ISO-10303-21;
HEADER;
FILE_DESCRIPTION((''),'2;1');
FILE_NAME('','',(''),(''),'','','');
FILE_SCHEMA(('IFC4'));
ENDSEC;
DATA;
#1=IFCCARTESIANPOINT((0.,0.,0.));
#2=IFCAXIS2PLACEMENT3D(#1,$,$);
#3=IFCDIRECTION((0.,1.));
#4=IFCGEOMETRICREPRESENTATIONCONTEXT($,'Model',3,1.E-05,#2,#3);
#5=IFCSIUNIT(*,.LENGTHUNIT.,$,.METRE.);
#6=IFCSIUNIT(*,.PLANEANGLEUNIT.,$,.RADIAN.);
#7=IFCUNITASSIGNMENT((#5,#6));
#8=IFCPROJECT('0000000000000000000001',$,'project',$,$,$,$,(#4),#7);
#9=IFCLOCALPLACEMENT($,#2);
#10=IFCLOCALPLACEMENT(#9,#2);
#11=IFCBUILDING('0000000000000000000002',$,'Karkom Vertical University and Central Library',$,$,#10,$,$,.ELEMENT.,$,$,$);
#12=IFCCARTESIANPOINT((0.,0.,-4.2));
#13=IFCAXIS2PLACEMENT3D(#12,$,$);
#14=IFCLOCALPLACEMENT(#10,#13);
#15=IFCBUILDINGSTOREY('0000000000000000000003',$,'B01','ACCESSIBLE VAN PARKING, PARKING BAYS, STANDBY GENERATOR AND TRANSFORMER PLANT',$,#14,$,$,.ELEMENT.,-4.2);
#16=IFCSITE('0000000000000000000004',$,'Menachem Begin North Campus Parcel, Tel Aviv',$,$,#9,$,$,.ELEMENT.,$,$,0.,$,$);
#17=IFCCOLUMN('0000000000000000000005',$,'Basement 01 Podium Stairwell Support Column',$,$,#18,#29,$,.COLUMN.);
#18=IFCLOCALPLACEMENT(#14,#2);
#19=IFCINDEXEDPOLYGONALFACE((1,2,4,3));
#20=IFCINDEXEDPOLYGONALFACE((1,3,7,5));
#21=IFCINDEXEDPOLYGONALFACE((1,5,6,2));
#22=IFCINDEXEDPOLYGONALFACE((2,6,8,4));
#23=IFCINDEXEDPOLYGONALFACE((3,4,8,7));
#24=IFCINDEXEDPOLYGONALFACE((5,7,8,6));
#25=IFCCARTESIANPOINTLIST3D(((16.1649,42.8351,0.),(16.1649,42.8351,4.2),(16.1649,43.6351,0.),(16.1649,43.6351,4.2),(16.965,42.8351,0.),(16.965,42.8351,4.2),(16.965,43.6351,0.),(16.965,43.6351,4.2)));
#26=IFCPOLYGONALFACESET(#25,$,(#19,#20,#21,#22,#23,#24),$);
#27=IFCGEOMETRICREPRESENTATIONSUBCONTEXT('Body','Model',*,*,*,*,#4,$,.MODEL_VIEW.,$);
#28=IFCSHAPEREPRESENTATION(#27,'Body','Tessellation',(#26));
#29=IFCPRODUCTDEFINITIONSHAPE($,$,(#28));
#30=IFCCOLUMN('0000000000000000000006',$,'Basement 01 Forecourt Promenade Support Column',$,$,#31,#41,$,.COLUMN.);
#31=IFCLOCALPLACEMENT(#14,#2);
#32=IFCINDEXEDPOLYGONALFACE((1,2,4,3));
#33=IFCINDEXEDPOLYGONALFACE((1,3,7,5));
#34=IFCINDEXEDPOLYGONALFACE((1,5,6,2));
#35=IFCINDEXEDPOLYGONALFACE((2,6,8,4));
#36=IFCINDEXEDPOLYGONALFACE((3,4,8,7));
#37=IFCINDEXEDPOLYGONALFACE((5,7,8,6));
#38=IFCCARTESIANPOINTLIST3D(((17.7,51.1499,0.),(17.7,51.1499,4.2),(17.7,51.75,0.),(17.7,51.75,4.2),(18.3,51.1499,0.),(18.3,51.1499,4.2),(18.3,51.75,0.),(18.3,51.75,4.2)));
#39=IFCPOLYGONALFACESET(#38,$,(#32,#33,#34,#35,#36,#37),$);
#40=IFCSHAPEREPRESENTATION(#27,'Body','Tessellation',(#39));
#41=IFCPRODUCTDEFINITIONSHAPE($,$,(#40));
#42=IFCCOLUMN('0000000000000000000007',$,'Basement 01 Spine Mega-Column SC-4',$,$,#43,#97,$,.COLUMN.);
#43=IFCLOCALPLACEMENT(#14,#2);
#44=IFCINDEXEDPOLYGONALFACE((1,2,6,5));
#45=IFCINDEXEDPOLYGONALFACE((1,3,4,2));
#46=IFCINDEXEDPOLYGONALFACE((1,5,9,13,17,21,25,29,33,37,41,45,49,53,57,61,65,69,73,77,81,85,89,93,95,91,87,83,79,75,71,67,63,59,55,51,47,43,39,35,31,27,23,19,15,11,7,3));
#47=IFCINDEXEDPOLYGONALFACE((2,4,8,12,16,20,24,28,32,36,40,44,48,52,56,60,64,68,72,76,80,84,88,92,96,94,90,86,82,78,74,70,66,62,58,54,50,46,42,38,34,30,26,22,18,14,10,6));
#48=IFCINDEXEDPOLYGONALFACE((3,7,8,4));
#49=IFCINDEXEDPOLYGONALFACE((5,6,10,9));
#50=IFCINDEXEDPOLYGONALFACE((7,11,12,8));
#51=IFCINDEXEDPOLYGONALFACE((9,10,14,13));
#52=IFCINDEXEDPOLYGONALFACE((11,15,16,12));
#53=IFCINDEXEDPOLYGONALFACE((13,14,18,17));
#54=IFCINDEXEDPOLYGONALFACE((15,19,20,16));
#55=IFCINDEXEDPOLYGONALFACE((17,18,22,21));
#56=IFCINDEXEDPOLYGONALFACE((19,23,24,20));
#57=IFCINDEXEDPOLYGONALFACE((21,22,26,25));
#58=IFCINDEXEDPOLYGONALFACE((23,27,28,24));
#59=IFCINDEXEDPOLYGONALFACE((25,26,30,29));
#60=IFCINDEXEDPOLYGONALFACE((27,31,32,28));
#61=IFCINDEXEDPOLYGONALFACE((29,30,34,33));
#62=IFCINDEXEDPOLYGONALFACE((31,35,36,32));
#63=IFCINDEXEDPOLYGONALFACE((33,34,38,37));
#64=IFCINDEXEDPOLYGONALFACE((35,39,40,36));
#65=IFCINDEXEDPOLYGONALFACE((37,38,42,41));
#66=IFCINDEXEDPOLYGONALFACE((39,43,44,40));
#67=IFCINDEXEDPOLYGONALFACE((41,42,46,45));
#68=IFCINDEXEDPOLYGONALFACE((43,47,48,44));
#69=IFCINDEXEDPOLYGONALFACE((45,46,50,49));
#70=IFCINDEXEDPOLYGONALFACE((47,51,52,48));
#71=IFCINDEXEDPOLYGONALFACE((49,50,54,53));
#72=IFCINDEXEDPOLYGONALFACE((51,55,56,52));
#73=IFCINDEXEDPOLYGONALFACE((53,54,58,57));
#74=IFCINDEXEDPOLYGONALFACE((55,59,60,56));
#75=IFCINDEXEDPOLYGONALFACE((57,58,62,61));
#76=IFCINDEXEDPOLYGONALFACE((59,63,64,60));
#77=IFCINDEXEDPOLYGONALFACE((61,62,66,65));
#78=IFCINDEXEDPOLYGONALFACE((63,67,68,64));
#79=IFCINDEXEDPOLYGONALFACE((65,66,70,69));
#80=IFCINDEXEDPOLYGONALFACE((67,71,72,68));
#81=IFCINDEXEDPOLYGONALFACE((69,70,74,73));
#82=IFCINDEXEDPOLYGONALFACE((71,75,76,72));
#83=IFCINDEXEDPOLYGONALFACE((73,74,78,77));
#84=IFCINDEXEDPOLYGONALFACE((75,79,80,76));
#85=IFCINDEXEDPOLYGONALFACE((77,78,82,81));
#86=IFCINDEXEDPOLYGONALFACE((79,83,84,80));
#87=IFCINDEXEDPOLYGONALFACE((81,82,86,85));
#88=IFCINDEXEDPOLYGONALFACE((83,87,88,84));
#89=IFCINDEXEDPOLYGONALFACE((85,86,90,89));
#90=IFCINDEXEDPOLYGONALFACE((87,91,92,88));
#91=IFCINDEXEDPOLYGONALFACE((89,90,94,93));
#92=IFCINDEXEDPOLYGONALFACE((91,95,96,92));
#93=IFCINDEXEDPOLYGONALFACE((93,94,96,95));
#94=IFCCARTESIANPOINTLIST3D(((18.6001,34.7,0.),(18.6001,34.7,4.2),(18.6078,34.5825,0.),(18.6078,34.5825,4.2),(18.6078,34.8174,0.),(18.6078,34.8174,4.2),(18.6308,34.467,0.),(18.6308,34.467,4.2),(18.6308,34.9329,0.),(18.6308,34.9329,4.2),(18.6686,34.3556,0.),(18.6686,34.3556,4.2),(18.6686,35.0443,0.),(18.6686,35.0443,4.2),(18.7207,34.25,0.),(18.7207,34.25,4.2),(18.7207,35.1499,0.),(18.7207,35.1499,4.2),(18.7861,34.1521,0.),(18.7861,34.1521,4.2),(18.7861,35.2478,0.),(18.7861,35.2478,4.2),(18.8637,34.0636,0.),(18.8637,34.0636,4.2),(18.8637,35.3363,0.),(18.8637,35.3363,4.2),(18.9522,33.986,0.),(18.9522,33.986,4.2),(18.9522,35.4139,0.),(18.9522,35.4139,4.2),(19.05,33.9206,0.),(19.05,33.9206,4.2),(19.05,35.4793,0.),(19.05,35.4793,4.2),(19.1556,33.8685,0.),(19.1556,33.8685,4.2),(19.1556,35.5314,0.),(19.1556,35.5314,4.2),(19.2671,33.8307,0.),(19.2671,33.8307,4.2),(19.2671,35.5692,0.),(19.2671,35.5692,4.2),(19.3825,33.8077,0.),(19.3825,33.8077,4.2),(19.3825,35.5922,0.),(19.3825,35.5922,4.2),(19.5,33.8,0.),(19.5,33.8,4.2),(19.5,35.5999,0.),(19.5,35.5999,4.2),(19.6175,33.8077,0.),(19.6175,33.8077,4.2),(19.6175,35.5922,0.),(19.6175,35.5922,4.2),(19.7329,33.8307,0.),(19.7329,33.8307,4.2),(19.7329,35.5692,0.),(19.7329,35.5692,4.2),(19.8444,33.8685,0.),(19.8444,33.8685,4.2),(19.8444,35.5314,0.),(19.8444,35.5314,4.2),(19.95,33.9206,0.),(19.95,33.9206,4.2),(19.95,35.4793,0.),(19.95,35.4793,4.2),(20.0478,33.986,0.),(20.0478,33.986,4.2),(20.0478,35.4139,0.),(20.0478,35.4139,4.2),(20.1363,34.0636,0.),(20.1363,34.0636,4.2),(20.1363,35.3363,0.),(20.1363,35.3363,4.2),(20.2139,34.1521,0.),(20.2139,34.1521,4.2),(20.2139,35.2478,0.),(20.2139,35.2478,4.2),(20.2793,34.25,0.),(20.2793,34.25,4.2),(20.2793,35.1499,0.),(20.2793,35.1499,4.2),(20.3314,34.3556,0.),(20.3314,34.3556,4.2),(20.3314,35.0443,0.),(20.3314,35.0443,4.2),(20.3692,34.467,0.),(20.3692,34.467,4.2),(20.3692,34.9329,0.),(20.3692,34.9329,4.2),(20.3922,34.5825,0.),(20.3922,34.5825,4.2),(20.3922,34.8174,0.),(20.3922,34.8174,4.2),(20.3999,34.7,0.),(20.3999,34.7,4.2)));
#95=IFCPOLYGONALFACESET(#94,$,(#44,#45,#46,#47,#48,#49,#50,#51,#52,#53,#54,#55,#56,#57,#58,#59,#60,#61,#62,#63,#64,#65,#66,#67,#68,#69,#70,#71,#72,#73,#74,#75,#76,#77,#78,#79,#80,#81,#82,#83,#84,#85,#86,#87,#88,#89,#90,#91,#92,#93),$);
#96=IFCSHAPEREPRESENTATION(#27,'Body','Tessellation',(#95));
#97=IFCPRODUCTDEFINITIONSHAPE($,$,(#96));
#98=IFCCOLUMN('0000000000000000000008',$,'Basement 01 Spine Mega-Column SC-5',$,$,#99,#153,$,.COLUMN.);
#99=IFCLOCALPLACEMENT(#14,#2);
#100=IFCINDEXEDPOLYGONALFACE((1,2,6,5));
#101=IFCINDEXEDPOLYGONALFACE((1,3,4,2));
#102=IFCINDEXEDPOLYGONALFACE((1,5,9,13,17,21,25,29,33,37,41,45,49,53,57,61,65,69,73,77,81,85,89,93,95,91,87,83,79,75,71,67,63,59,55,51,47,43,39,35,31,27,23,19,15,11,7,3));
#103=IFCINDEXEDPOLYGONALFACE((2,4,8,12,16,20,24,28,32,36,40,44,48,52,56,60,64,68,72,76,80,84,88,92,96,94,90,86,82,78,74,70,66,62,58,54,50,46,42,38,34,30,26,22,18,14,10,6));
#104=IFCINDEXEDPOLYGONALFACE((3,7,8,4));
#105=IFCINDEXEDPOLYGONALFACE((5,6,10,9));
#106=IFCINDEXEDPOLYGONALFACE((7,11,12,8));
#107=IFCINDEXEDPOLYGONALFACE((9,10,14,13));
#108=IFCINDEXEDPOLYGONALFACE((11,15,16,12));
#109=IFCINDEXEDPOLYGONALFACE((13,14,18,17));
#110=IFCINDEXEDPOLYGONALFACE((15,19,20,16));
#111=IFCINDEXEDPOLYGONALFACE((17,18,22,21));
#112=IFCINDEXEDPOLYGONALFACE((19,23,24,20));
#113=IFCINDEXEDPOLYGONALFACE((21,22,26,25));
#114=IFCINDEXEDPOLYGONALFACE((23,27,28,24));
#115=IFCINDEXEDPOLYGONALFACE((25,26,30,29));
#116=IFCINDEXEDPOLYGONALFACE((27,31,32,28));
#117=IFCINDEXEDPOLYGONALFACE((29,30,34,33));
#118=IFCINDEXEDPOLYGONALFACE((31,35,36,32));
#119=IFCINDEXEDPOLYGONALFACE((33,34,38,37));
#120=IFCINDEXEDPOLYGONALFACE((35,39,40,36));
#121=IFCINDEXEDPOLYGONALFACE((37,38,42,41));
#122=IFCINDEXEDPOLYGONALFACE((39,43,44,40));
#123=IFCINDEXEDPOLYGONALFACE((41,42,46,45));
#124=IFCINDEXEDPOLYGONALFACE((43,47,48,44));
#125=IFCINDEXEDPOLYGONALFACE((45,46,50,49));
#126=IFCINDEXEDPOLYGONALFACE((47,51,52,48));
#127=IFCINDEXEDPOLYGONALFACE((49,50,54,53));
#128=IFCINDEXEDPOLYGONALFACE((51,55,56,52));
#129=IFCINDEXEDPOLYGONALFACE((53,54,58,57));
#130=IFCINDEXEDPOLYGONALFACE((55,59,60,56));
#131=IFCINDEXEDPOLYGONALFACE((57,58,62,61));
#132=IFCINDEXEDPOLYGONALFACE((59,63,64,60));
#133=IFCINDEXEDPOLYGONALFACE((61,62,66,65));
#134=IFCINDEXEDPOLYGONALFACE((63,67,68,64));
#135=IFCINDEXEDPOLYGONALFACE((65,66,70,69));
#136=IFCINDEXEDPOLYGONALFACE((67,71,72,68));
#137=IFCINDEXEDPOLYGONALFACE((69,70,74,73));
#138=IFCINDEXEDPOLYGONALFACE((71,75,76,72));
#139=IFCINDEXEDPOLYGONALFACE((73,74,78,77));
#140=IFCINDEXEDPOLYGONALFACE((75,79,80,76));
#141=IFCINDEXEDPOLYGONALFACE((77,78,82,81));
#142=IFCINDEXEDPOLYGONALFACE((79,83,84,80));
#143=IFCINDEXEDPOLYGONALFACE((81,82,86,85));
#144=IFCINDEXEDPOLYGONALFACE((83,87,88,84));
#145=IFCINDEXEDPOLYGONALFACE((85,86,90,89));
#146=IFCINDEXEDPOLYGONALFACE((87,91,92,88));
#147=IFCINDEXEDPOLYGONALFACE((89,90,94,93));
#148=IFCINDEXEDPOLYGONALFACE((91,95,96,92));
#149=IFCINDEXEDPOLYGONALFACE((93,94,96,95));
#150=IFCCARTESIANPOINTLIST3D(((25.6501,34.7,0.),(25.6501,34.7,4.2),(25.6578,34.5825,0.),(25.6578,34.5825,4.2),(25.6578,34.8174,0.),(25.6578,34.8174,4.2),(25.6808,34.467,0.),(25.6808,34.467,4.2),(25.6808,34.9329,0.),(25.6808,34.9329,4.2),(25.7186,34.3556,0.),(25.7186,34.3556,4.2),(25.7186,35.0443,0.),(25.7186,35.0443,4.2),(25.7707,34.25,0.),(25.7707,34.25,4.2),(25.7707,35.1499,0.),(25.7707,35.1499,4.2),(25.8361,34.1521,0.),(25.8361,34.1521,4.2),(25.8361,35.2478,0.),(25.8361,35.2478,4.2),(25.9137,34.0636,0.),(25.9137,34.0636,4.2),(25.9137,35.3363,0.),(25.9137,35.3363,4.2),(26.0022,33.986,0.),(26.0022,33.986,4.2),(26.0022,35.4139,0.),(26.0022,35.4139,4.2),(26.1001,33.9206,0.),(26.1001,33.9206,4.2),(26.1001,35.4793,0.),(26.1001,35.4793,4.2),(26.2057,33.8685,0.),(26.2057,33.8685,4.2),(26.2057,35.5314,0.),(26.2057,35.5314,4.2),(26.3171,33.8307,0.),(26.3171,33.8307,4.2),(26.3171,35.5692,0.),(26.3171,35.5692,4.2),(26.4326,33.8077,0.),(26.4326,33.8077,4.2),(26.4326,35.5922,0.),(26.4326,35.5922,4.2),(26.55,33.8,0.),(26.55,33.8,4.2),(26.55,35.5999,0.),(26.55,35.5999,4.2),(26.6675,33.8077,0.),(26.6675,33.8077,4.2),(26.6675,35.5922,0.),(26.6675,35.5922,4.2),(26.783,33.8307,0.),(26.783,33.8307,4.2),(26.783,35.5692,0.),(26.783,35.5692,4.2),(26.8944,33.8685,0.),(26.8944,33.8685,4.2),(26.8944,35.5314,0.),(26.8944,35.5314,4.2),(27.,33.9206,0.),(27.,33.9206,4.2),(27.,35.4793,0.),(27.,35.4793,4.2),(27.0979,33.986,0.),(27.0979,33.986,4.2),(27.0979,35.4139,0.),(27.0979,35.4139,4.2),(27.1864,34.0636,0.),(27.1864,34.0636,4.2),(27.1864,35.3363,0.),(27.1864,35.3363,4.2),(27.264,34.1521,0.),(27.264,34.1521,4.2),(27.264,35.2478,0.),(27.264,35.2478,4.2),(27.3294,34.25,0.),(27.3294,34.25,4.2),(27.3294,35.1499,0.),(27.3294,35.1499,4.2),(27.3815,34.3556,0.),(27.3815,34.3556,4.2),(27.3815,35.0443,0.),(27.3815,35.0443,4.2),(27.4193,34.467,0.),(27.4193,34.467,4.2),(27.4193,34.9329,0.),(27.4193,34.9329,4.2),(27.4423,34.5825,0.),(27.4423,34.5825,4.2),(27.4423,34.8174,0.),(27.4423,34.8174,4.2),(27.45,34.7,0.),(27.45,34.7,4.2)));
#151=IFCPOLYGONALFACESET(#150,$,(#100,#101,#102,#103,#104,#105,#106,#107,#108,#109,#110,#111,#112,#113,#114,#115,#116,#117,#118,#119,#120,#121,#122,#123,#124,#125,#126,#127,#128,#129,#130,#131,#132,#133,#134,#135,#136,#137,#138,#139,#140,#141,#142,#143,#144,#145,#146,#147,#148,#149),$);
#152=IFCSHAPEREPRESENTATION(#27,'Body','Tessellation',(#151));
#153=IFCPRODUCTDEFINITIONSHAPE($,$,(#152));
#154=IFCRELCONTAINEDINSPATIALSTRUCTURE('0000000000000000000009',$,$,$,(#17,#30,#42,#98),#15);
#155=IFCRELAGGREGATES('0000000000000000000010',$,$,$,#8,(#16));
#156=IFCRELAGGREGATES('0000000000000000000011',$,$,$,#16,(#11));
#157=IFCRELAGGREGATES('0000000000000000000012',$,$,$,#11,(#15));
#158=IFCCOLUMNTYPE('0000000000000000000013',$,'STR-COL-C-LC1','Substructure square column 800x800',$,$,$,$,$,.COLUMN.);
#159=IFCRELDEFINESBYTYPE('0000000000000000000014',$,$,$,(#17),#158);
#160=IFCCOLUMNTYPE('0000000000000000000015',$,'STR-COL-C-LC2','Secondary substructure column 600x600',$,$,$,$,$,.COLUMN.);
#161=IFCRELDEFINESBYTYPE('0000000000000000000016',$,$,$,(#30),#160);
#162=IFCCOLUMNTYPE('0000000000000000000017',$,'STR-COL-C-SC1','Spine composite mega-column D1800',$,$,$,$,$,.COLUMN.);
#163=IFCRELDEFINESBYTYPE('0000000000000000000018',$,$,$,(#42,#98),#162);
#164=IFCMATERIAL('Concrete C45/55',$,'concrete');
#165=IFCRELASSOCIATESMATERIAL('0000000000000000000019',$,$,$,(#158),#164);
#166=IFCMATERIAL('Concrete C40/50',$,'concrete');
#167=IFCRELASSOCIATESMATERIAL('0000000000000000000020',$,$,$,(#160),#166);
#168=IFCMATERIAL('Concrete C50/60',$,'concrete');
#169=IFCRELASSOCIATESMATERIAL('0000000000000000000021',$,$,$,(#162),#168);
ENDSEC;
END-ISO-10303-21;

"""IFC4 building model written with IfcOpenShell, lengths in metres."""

from ifc_helpers import new_model, si_unit, direction, frame, origin, origin_with_axes, origin_2d, place, context, subcontext, project, spatial, rectangle, circle, extrude, source, transform, mapped, material, material_profile, profile_set, type_object, element, save


model = new_model("IFC4")

# Units and contexts
model_context = context("Model", 3, precision=1e-05, world=origin(), true_north=direction((0.0, 1.0)))
body_context = subcontext(model_context, "Body", "Model", "MODEL_VIEW")
ifc_project = project(units=[si_unit("LENGTHUNIT", "METRE"), si_unit("PLANEANGLEUNIT", "RADIAN")], contexts=[model_context])

# Site, building, storey
site_placement = place(None, origin())
site = spatial("IfcSite", under=ifc_project, at=site_placement, Name="Menachem Begin North Campus Parcel, Tel Aviv", CompositionType="ELEMENT", RefElevation=0.0)
building_placement = place(site_placement, origin())
building = spatial("IfcBuilding", under=site, at=building_placement, Name="Karkom Vertical University and Central Library", CompositionType="ELEMENT")
storey_placement = place(building_placement, frame((0.0, 0.0, -4.2)))
storey = spatial("IfcBuildingStorey", under=building, at=storey_placement, Name="B01", Description="ACCESSIBLE VAN PARKING, PARKING BAYS, STANDBY GENERATOR AND TRANSFORMER PLANT", CompositionType="ELEMENT", Elevation=-4.2)

# Columns
ifc_material_1 = material(Name="Concrete C45/55", Category="concrete")
ifc_material_profile_1 = material_profile(ifc_material_1, rectangle(XDim=0.8, YDim=0.8, at=origin_2d()), Name="RC-800x800")
ifc_profile_set_1 = profile_set([ifc_material_profile_1], Name="Concrete C45/55")
column_type_1 = type_object("IfcColumnType", Name="STR-COL-C-LC1", Description="Substructure square column 800x800", PredefinedType="COLUMN", material=ifc_profile_set_1)
shared_shape_1 = source(origin_with_axes(), body_context, "Body", "SweptSolid", [
    extrude(rectangle(XDim=0.8, YDim=0.8, at=origin_2d()), origin(), (0.0, 0.0, 1.0), 4.2),
])
column_1_placement = place(storey_placement, frame((16.5649, 43.2351, 0.0), z_axis=(0.0, 0.0, 1.0), x_axis=(1.0, 0.0, 0.0)))
element("IfcColumn", 1, at=column_1_placement, inside=storey, type_object=column_type_1, Name="Basement 01 Podium Stairwell Support Column", PredefinedType="COLUMN", context=body_context, shape_type="MappedRepresentation", body=[
    mapped(shared_shape_1, transform((0.0, 0.0, 0.0), scale=1.0)),
])
ifc_material_2 = material(Name="Concrete C40/50", Category="concrete")
ifc_material_profile_2 = material_profile(ifc_material_2, rectangle(XDim=0.6001, YDim=0.6001, at=origin_2d()), Name="RC-600x600")
ifc_profile_set_2 = profile_set([ifc_material_profile_2], Name="Concrete C40/50")
column_type_2 = type_object("IfcColumnType", Name="STR-COL-C-LC2", Description="Secondary substructure column 600x600", PredefinedType="COLUMN", material=ifc_profile_set_2)
shared_shape_2 = source(origin_with_axes(), body_context, "Body", "SweptSolid", [
    extrude(rectangle(XDim=0.6001, YDim=0.6001, at=origin_2d()), origin(), (0.0, 0.0, 1.0), 4.2),
])
column_2_placement = place(storey_placement, frame((18.0, 51.45, 0.0), z_axis=(0.0, 0.0, 1.0), x_axis=(1.0, 0.0, 0.0)))
element("IfcColumn", 2, at=column_2_placement, inside=storey, type_object=column_type_2, Name="Basement 01 Forecourt Promenade Support Column", PredefinedType="COLUMN", context=body_context, shape_type="MappedRepresentation", body=[
    mapped(shared_shape_2, transform((0.0, 0.0, 0.0), scale=1.0)),
])
ifc_material_3 = material(Name="Concrete C50/60", Category="concrete")
ifc_material_profile_3 = material_profile(ifc_material_3, circle(Radius=0.8999, at=origin_2d()), Name="CFT-D1800")
ifc_profile_set_3 = profile_set([ifc_material_profile_3], Name="Concrete C50/60")
column_type_3 = type_object("IfcColumnType", Name="STR-COL-C-SC1", Description="Spine composite mega-column D1800", PredefinedType="COLUMN", material=ifc_profile_set_3)
shared_shape_3 = source(origin_with_axes(), body_context, "Body", "SweptSolid", [
    extrude(circle(Radius=0.8999, at=origin_2d()), origin(), (0.0, 0.0, 1.0), 4.2),
])
for number, where, z_axis, x_axis, name in (
    (3, (19.5, 34.7, 0.0), (0.0, 0.0, 1.0), (1.0, 0.0, 0.0), "Basement 01 Spine Mega-Column SC-4"),
    (4, (26.55, 34.7, 0.0), (0.0, 0.0, 1.0), (1.0, 0.0, 0.0), "Basement 01 Spine Mega-Column SC-5"),
):
    element("IfcColumn", number, at=place(storey_placement, frame(where, z_axis=z_axis, x_axis=x_axis)), inside=storey, type_object=column_type_3, Name=name, PredefinedType="COLUMN", context=body_context, shape_type="MappedRepresentation", body=[
        mapped(shared_shape_3, transform((0.0, 0.0, 0.0), scale=1.0)),
    ])

save(model, "model.ifc")
